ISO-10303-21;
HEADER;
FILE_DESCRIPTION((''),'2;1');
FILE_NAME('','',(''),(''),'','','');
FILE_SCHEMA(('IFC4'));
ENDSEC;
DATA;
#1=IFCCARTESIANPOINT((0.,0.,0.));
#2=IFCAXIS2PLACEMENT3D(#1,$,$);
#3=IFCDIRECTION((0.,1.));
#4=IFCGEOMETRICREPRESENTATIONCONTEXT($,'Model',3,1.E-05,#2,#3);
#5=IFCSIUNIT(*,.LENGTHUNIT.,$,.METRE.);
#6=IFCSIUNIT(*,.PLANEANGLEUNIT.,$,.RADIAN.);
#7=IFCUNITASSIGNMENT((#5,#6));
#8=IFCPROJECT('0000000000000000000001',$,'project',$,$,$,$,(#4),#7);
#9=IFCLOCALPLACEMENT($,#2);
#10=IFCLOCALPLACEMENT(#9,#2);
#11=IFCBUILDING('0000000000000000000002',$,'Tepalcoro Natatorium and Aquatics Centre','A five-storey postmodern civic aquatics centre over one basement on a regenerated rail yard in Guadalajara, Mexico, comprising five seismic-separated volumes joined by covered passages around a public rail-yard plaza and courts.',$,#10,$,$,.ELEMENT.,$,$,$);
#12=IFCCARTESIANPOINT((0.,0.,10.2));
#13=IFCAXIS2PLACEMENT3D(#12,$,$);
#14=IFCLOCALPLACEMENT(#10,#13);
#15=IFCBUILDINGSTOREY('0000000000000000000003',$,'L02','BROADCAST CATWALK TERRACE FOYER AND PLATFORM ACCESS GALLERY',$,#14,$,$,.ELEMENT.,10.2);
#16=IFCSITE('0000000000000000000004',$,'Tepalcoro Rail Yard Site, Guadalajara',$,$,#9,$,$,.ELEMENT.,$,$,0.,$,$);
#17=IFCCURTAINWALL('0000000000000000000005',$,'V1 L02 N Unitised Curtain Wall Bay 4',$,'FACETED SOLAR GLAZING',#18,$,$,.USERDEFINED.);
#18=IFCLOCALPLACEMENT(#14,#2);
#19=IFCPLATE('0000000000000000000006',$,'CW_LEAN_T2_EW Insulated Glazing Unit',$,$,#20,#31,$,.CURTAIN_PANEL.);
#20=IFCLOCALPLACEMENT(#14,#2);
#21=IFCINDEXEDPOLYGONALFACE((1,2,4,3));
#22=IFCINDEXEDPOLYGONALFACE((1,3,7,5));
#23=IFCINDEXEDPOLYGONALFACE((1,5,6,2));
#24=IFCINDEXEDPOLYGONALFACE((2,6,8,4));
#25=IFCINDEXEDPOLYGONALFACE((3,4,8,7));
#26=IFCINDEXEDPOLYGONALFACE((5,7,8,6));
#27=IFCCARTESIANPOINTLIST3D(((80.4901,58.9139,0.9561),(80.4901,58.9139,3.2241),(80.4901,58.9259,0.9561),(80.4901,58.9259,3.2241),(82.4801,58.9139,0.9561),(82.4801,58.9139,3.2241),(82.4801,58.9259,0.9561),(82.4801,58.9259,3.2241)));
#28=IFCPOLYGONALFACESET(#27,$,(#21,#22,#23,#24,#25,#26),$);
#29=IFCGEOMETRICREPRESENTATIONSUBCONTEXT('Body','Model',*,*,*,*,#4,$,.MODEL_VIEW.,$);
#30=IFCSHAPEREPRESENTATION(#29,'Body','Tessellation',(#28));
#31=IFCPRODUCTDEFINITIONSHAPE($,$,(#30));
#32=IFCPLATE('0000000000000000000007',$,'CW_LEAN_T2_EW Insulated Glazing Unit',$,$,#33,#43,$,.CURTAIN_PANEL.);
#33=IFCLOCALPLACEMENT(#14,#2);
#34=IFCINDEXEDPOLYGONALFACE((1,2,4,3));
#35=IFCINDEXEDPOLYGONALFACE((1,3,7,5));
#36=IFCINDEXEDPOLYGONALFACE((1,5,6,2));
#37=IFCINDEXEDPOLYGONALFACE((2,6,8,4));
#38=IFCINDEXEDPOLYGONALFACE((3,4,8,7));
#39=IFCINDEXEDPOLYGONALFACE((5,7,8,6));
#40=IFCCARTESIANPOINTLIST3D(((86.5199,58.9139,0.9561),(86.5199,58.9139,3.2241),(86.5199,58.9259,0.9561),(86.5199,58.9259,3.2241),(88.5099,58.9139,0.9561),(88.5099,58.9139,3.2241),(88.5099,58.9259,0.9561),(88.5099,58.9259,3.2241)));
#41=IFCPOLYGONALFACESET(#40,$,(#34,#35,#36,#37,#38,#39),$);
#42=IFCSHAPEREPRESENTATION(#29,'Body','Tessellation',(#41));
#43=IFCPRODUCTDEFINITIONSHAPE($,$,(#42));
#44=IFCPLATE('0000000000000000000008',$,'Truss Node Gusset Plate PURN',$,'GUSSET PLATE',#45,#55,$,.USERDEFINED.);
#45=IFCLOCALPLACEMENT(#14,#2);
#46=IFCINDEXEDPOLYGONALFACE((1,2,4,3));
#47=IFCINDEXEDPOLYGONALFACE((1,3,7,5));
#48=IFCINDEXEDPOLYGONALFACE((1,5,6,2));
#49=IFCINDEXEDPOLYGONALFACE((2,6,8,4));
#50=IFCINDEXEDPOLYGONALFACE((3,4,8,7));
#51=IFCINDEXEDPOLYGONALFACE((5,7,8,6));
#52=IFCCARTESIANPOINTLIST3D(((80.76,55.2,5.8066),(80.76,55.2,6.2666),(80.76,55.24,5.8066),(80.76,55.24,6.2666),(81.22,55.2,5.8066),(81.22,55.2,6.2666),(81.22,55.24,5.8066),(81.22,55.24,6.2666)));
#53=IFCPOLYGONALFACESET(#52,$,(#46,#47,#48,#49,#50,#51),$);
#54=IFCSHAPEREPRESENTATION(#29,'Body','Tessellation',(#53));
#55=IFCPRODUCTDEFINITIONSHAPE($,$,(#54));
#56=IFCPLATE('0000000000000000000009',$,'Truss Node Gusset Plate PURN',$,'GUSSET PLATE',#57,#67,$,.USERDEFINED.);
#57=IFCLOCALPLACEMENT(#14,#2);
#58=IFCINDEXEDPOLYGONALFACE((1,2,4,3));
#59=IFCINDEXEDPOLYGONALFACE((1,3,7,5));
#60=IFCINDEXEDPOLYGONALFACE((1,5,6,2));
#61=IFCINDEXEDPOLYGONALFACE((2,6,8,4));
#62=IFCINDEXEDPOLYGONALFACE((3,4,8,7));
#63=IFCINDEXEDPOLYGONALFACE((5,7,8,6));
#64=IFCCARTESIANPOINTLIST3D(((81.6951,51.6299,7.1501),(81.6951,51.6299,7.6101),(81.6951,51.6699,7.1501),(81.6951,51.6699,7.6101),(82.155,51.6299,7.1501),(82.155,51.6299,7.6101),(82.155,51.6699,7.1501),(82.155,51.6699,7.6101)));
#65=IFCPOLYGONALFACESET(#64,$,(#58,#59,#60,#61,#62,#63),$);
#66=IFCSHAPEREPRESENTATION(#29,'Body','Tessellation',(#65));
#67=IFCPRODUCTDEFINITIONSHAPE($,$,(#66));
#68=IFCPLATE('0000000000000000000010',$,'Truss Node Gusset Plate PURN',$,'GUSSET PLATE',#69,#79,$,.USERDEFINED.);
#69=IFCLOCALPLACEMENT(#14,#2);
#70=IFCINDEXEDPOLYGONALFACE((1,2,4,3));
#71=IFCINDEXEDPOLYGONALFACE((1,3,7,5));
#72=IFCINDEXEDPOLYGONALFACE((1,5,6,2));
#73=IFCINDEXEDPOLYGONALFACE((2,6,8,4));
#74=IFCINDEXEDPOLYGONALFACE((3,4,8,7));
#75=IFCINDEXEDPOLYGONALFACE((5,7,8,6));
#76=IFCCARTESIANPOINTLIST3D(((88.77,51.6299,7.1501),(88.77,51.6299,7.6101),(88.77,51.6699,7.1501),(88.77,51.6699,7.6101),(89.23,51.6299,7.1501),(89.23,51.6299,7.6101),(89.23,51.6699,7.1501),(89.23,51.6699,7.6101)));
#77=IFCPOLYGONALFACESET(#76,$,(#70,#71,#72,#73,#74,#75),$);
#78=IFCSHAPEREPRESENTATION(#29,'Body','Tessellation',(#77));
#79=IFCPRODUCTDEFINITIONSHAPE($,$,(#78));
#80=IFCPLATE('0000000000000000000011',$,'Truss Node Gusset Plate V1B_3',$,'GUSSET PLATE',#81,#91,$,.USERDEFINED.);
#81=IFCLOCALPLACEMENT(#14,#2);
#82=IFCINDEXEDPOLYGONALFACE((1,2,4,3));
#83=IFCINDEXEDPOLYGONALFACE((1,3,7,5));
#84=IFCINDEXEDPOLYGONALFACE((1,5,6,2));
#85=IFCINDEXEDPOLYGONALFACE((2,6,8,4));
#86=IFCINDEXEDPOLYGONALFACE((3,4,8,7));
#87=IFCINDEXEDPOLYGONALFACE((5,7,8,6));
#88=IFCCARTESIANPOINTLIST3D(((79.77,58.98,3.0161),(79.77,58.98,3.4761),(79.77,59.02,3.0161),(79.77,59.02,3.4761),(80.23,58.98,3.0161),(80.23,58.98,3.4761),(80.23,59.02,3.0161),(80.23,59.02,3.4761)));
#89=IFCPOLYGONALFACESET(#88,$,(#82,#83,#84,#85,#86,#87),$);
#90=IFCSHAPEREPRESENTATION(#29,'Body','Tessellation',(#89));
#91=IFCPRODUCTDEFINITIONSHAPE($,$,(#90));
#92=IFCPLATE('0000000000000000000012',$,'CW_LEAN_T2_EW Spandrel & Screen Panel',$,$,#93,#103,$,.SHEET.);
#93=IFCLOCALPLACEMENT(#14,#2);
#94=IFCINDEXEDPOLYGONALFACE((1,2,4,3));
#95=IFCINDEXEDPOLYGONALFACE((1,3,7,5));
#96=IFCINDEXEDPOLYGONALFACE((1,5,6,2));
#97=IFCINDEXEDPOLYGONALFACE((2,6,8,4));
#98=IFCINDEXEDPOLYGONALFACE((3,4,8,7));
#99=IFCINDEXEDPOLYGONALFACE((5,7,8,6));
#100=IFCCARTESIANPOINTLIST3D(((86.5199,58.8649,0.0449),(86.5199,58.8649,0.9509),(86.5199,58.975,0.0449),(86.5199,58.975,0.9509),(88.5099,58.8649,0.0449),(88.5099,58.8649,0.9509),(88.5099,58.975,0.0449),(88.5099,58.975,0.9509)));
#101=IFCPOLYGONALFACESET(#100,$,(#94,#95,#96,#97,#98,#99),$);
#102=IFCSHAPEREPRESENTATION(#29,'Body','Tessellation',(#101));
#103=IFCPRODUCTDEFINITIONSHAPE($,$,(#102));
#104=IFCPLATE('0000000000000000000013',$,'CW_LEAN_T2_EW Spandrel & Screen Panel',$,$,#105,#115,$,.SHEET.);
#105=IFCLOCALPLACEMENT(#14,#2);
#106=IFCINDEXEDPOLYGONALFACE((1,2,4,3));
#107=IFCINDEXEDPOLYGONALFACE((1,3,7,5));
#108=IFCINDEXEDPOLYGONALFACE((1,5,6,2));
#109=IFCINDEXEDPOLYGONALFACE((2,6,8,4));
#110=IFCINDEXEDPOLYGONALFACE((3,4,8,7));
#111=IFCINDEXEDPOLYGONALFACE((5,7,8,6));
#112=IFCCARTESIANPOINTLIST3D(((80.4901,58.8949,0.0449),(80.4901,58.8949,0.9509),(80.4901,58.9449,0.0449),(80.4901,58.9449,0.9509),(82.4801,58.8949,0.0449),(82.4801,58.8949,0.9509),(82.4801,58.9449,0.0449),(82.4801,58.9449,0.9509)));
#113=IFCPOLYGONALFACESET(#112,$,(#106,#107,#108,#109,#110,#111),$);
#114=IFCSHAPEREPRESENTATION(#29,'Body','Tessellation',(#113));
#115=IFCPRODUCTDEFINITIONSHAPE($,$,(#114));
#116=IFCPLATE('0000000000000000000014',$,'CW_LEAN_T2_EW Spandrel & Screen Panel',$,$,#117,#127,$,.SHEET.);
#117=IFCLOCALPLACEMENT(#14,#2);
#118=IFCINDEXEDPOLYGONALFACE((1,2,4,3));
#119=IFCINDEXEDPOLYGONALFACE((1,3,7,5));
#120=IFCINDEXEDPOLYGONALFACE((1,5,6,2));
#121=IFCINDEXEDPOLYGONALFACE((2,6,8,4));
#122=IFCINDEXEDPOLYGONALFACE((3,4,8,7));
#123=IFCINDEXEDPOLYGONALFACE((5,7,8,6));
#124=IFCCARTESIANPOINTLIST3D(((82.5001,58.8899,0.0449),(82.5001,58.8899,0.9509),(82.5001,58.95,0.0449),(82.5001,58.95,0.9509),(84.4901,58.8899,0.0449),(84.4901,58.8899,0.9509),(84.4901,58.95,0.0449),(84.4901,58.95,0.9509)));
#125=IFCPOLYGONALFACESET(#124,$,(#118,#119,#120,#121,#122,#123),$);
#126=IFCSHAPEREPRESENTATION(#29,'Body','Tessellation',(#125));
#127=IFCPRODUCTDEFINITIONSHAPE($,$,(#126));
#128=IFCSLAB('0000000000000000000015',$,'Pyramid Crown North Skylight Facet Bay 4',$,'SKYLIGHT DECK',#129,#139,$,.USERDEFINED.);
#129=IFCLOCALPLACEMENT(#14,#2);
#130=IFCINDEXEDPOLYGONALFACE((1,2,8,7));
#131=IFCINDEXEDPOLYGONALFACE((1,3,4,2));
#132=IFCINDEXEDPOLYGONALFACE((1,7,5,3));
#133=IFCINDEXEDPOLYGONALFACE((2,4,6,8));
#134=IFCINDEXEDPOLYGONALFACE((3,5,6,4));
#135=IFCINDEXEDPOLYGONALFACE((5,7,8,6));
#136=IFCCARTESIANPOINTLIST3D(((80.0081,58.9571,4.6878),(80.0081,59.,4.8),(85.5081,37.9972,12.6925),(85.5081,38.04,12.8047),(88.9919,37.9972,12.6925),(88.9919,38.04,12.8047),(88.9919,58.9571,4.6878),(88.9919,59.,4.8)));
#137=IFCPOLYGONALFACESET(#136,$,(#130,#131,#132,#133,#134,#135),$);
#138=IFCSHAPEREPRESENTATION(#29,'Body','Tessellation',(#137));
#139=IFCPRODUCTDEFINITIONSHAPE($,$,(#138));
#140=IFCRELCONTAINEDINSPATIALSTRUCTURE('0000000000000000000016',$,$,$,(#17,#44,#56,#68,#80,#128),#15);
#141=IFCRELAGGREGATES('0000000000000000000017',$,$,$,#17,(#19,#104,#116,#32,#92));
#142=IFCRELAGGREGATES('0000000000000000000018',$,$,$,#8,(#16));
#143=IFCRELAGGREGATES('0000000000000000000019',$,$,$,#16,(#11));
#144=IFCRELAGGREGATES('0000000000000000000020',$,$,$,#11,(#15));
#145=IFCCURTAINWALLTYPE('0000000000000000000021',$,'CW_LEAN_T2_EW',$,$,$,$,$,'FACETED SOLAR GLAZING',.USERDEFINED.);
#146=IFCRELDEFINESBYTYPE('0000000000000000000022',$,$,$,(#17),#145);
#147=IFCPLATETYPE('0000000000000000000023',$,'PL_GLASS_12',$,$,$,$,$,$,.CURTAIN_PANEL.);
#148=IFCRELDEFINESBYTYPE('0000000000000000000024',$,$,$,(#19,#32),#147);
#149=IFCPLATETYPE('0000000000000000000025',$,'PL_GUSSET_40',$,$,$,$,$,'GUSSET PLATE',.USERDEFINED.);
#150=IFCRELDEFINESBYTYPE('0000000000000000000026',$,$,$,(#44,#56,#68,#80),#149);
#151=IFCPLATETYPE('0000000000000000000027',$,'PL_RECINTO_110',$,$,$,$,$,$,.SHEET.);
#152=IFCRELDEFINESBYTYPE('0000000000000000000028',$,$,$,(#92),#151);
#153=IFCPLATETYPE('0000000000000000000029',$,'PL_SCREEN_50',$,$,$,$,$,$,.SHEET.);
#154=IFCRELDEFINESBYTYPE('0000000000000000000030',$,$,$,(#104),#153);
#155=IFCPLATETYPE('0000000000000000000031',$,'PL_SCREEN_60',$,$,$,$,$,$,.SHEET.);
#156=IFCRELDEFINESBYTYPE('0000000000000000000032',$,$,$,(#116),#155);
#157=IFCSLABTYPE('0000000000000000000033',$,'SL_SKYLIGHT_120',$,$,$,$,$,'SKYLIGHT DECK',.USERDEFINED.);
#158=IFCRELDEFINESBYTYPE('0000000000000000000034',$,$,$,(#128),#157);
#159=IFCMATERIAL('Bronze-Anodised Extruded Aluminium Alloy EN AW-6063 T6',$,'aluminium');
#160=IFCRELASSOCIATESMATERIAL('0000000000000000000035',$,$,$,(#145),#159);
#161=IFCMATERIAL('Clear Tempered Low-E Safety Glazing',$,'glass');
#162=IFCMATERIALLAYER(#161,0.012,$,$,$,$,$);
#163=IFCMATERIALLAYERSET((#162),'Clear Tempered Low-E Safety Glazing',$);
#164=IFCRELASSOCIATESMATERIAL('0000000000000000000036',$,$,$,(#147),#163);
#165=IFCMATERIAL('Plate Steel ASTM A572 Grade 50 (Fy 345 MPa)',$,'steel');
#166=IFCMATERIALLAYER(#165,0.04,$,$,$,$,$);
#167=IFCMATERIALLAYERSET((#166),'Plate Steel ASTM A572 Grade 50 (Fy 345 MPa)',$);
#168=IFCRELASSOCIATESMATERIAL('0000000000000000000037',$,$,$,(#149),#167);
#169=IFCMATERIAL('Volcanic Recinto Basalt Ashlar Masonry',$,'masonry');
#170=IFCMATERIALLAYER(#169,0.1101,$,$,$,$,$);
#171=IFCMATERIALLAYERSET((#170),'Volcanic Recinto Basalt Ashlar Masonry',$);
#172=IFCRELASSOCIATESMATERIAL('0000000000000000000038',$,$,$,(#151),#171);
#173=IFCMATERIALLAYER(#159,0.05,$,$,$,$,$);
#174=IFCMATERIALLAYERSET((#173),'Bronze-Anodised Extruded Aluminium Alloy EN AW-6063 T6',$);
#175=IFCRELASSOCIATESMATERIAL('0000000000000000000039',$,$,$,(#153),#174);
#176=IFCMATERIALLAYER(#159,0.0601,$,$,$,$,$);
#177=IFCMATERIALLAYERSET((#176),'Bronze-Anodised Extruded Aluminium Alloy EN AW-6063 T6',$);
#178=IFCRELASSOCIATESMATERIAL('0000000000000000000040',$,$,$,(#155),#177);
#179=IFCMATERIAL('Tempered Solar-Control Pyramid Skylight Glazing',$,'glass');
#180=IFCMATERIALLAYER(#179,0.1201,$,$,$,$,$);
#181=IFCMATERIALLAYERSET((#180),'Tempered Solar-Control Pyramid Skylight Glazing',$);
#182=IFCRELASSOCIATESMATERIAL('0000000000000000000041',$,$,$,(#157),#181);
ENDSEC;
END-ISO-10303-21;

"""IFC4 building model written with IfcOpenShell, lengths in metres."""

from ifc_helpers import new_model, si_unit, direction, frame, origin, origin_2d, place, context, subcontext, project, spatial, polyline, rectangle, outline, extrude, material, layer, layer_set, type_object, element, aggregate, save


model = new_model("IFC4")

# Units and contexts
model_context = context("Model", 3, precision=1e-05, world=origin(), true_north=direction((0.0, 1.0)))
body_context = subcontext(model_context, "Body", "Model", "MODEL_VIEW")
ifc_project = project(units=[si_unit("LENGTHUNIT", "METRE"), si_unit("PLANEANGLEUNIT", "RADIAN")], contexts=[model_context])

# Site, building, storey
site_placement = place(None, origin())
site = spatial("IfcSite", under=ifc_project, at=site_placement, Name="Tepalcoro Rail Yard Site, Guadalajara", CompositionType="ELEMENT", RefElevation=0.0)
building_placement = place(site_placement, origin())
building = spatial("IfcBuilding", under=site, at=building_placement, Name="Tepalcoro Natatorium and Aquatics Centre", Description="A five-storey postmodern civic aquatics centre over one basement on a regenerated rail yard in Guadalajara, Mexico, comprising five seismic-separated volumes joined by covered passages around a public rail-yard plaza and courts.", CompositionType="ELEMENT")
storey_placement = place(building_placement, frame((0.0, 0.0, 10.2)))
storey = spatial("IfcBuildingStorey", under=building, at=storey_placement, Name="L02", Description="BROADCAST CATWALK TERRACE FOYER AND PLATFORM ACCESS GALLERY", CompositionType="ELEMENT", Elevation=10.2)

# Curtain wall
ifc_material_1 = material(Name="Bronze-Anodised Extruded Aluminium Alloy EN AW-6063 T6", Category="aluminium")
curtain_wall_type = type_object("IfcCurtainWallType", Name="CW_LEAN_T2_EW", ElementType="FACETED SOLAR GLAZING", PredefinedType="USERDEFINED", material=ifc_material_1)
curtain_wall_placement = place(storey_placement, origin())
curtain_wall = element("IfcCurtainWall", 1, at=curtain_wall_placement, inside=storey, type_object=curtain_wall_type, Name="V1 L02 N Unitised Curtain Wall Bay 4", ObjectType="FACETED SOLAR GLAZING", PredefinedType="USERDEFINED")

# Shared definitions
ifc_material_2 = material(Name="Plate Steel ASTM A572 Grade 50 (Fy 345 MPa)", Category="steel")

# Plates
ifc_material_3 = material(Name="Clear Tempered Low-E Safety Glazing", Category="glass")
ifc_layer_1 = layer(ifc_material_3, 0.012)
ifc_layer_set_1 = layer_set([ifc_layer_1], Name="Clear Tempered Low-E Safety Glazing")
plate_type_1 = type_object("IfcPlateType", Name="PL_GLASS_12", PredefinedType="CURTAIN_PANEL", material=ifc_layer_set_1)
plate_1_placement = place(storey_placement, frame((81.4851, 58.9199, 0.9561), z_axis=(0.0, 0.0, 1.0), x_axis=(1.0, 0.0, 0.0)))
plate_1 = element("IfcPlate", 2, at=plate_1_placement, type_object=plate_type_1, Name="CW_LEAN_T2_EW Insulated Glazing Unit", PredefinedType="CURTAIN_PANEL", context=body_context, shape_type="SweptSolid", body=[
    extrude(rectangle(XDim=1.99, YDim=0.012, at=origin_2d()), origin(), (0.0, 0.0, 1.0), 2.2681),
])
plate_2_placement = place(storey_placement, frame((87.5149, 58.9199, 0.9561), z_axis=(0.0, 0.0, 1.0), x_axis=(1.0, 0.0, 0.0)))
plate_2 = element("IfcPlate", 3, at=plate_2_placement, type_object=plate_type_1, Name="CW_LEAN_T2_EW Insulated Glazing Unit", PredefinedType="CURTAIN_PANEL", context=body_context, shape_type="SweptSolid", body=[
    extrude(rectangle(XDim=1.99, YDim=0.012, at=origin_2d()), origin(), (0.0, 0.0, 1.0), 2.2681),
])

# Plates
ifc_layer_2 = layer(ifc_material_2, 0.04)
ifc_layer_set_2 = layer_set([ifc_layer_2], Name="Plate Steel ASTM A572 Grade 50 (Fy 345 MPa)")
plate_type_2 = type_object("IfcPlateType", Name="PL_GUSSET_40", ElementType="GUSSET PLATE", PredefinedType="USERDEFINED", material=ifc_layer_set_2)
for number, where, z_axis, x_axis, name in (
    (4, (80.99, 55.22, 5.8066), (0.0, 0.0, 1.0), (1.0, 0.0, 0.0), "Truss Node Gusset Plate PURN"),
    (5, (81.925, 51.6499, 7.1501), (0.0, 0.0, 1.0), (1.0, 0.0, 0.0), "Truss Node Gusset Plate PURN"),
    (6, (89.0, 51.6499, 7.1501), (0.0, 0.0, 1.0), (1.0, 0.0, 0.0), "Truss Node Gusset Plate PURN"),
    (7, (80.0, 59.0, 3.0161), (0.0, 0.0, 1.0), (1.0, 0.0, 0.0), "Truss Node Gusset Plate V1B_3"),
):
    element("IfcPlate", number, at=place(storey_placement, frame(where, z_axis=z_axis, x_axis=x_axis)), inside=storey, type_object=plate_type_2, Name=name, ObjectType="GUSSET PLATE", PredefinedType="USERDEFINED", context=body_context, shape_type="SweptSolid", body=[
        extrude(rectangle(XDim=0.46, YDim=0.04, at=origin_2d()), origin(), (0.0, 0.0, 1.0), 0.46),
    ])

# Plates
ifc_material_4 = material(Name="Volcanic Recinto Basalt Ashlar Masonry", Category="masonry")
ifc_layer_3 = layer(ifc_material_4, 0.1101)
ifc_layer_set_3 = layer_set([ifc_layer_3], Name="Volcanic Recinto Basalt Ashlar Masonry")
plate_type_3 = type_object("IfcPlateType", Name="PL_RECINTO_110", PredefinedType="SHEET", material=ifc_layer_set_3)
plate_3_placement = place(storey_placement, frame((87.5149, 58.9199, 0.0449), z_axis=(0.0, 0.0, 1.0), x_axis=(1.0, 0.0, 0.0)))
plate_3 = element("IfcPlate", 8, at=plate_3_placement, type_object=plate_type_3, Name="CW_LEAN_T2_EW Spandrel & Screen Panel", PredefinedType="SHEET", context=body_context, shape_type="SweptSolid", body=[
    extrude(rectangle(XDim=1.99, YDim=0.1101, at=origin_2d()), origin(), (0.0, 0.0, 1.0), 0.906),
])
ifc_layer_4 = layer(ifc_material_1, 0.05)
ifc_layer_set_4 = layer_set([ifc_layer_4], Name="Bronze-Anodised Extruded Aluminium Alloy EN AW-6063 T6")
plate_type_4 = type_object("IfcPlateType", Name="PL_SCREEN_50", PredefinedType="SHEET", material=ifc_layer_set_4)
plate_4_placement = place(storey_placement, frame((81.4851, 58.9199, 0.0449), z_axis=(0.0, 0.0, 1.0), x_axis=(1.0, 0.0, 0.0)))
plate_4 = element("IfcPlate", 9, at=plate_4_placement, type_object=plate_type_4, Name="CW_LEAN_T2_EW Spandrel & Screen Panel", PredefinedType="SHEET", context=body_context, shape_type="SweptSolid", body=[
    extrude(rectangle(XDim=1.99, YDim=0.05, at=origin_2d()), origin(), (0.0, 0.0, 1.0), 0.906),
])
ifc_layer_5 = layer(ifc_material_1, 0.0601)
ifc_layer_set_5 = layer_set([ifc_layer_5], Name="Bronze-Anodised Extruded Aluminium Alloy EN AW-6063 T6")
plate_type_5 = type_object("IfcPlateType", Name="PL_SCREEN_60", PredefinedType="SHEET", material=ifc_layer_set_5)
plate_5_placement = place(storey_placement, frame((83.4951, 58.9199, 0.0449), z_axis=(0.0, 0.0, 1.0), x_axis=(1.0, 0.0, 0.0)))
plate_5 = element("IfcPlate", 10, at=plate_5_placement, type_object=plate_type_5, Name="CW_LEAN_T2_EW Spandrel & Screen Panel", PredefinedType="SHEET", context=body_context, shape_type="SweptSolid", body=[
    extrude(rectangle(XDim=1.99, YDim=0.0601, at=origin_2d()), origin(), (0.0, 0.0, 1.0), 0.906),
])
aggregate(curtain_wall, [plate_1, plate_4, plate_5, plate_2, plate_3])

# Slab
ifc_material_5 = material(Name="Tempered Solar-Control Pyramid Skylight Glazing", Category="glass")
ifc_layer_6 = layer(ifc_material_5, 0.1201)
ifc_layer_set_6 = layer_set([ifc_layer_6], Name="Tempered Solar-Control Pyramid Skylight Glazing")
slab_type = type_object("IfcSlabType", Name="SL_SKYLIGHT_120", ElementType="SKYLIGHT DECK", PredefinedType="USERDEFINED", material=ifc_layer_set_6)
slab_placement = place(storey_placement, frame((88.9919, 59.0, 4.8), z_axis=(0.0, 0.356769, 0.934192), x_axis=(-1.0, 0.0, 0.0)))
element("IfcSlab", 11, at=slab_placement, inside=storey, type_object=slab_type, Name="Pyramid Crown North Skylight Facet Bay 4", ObjectType="SKYLIGHT DECK", PredefinedType="USERDEFINED", context=body_context, shape_type="SweptSolid", body=[
    extrude(outline(polyline([(0.0, 0.0), (8.9839, 0.0), (3.4839, 22.4364), (0.0, 22.4364), (0.0, 0.0)])), origin(), (0.0, 0.0, -1.0), 0.1201),
])

save(model, "model.ifc")
